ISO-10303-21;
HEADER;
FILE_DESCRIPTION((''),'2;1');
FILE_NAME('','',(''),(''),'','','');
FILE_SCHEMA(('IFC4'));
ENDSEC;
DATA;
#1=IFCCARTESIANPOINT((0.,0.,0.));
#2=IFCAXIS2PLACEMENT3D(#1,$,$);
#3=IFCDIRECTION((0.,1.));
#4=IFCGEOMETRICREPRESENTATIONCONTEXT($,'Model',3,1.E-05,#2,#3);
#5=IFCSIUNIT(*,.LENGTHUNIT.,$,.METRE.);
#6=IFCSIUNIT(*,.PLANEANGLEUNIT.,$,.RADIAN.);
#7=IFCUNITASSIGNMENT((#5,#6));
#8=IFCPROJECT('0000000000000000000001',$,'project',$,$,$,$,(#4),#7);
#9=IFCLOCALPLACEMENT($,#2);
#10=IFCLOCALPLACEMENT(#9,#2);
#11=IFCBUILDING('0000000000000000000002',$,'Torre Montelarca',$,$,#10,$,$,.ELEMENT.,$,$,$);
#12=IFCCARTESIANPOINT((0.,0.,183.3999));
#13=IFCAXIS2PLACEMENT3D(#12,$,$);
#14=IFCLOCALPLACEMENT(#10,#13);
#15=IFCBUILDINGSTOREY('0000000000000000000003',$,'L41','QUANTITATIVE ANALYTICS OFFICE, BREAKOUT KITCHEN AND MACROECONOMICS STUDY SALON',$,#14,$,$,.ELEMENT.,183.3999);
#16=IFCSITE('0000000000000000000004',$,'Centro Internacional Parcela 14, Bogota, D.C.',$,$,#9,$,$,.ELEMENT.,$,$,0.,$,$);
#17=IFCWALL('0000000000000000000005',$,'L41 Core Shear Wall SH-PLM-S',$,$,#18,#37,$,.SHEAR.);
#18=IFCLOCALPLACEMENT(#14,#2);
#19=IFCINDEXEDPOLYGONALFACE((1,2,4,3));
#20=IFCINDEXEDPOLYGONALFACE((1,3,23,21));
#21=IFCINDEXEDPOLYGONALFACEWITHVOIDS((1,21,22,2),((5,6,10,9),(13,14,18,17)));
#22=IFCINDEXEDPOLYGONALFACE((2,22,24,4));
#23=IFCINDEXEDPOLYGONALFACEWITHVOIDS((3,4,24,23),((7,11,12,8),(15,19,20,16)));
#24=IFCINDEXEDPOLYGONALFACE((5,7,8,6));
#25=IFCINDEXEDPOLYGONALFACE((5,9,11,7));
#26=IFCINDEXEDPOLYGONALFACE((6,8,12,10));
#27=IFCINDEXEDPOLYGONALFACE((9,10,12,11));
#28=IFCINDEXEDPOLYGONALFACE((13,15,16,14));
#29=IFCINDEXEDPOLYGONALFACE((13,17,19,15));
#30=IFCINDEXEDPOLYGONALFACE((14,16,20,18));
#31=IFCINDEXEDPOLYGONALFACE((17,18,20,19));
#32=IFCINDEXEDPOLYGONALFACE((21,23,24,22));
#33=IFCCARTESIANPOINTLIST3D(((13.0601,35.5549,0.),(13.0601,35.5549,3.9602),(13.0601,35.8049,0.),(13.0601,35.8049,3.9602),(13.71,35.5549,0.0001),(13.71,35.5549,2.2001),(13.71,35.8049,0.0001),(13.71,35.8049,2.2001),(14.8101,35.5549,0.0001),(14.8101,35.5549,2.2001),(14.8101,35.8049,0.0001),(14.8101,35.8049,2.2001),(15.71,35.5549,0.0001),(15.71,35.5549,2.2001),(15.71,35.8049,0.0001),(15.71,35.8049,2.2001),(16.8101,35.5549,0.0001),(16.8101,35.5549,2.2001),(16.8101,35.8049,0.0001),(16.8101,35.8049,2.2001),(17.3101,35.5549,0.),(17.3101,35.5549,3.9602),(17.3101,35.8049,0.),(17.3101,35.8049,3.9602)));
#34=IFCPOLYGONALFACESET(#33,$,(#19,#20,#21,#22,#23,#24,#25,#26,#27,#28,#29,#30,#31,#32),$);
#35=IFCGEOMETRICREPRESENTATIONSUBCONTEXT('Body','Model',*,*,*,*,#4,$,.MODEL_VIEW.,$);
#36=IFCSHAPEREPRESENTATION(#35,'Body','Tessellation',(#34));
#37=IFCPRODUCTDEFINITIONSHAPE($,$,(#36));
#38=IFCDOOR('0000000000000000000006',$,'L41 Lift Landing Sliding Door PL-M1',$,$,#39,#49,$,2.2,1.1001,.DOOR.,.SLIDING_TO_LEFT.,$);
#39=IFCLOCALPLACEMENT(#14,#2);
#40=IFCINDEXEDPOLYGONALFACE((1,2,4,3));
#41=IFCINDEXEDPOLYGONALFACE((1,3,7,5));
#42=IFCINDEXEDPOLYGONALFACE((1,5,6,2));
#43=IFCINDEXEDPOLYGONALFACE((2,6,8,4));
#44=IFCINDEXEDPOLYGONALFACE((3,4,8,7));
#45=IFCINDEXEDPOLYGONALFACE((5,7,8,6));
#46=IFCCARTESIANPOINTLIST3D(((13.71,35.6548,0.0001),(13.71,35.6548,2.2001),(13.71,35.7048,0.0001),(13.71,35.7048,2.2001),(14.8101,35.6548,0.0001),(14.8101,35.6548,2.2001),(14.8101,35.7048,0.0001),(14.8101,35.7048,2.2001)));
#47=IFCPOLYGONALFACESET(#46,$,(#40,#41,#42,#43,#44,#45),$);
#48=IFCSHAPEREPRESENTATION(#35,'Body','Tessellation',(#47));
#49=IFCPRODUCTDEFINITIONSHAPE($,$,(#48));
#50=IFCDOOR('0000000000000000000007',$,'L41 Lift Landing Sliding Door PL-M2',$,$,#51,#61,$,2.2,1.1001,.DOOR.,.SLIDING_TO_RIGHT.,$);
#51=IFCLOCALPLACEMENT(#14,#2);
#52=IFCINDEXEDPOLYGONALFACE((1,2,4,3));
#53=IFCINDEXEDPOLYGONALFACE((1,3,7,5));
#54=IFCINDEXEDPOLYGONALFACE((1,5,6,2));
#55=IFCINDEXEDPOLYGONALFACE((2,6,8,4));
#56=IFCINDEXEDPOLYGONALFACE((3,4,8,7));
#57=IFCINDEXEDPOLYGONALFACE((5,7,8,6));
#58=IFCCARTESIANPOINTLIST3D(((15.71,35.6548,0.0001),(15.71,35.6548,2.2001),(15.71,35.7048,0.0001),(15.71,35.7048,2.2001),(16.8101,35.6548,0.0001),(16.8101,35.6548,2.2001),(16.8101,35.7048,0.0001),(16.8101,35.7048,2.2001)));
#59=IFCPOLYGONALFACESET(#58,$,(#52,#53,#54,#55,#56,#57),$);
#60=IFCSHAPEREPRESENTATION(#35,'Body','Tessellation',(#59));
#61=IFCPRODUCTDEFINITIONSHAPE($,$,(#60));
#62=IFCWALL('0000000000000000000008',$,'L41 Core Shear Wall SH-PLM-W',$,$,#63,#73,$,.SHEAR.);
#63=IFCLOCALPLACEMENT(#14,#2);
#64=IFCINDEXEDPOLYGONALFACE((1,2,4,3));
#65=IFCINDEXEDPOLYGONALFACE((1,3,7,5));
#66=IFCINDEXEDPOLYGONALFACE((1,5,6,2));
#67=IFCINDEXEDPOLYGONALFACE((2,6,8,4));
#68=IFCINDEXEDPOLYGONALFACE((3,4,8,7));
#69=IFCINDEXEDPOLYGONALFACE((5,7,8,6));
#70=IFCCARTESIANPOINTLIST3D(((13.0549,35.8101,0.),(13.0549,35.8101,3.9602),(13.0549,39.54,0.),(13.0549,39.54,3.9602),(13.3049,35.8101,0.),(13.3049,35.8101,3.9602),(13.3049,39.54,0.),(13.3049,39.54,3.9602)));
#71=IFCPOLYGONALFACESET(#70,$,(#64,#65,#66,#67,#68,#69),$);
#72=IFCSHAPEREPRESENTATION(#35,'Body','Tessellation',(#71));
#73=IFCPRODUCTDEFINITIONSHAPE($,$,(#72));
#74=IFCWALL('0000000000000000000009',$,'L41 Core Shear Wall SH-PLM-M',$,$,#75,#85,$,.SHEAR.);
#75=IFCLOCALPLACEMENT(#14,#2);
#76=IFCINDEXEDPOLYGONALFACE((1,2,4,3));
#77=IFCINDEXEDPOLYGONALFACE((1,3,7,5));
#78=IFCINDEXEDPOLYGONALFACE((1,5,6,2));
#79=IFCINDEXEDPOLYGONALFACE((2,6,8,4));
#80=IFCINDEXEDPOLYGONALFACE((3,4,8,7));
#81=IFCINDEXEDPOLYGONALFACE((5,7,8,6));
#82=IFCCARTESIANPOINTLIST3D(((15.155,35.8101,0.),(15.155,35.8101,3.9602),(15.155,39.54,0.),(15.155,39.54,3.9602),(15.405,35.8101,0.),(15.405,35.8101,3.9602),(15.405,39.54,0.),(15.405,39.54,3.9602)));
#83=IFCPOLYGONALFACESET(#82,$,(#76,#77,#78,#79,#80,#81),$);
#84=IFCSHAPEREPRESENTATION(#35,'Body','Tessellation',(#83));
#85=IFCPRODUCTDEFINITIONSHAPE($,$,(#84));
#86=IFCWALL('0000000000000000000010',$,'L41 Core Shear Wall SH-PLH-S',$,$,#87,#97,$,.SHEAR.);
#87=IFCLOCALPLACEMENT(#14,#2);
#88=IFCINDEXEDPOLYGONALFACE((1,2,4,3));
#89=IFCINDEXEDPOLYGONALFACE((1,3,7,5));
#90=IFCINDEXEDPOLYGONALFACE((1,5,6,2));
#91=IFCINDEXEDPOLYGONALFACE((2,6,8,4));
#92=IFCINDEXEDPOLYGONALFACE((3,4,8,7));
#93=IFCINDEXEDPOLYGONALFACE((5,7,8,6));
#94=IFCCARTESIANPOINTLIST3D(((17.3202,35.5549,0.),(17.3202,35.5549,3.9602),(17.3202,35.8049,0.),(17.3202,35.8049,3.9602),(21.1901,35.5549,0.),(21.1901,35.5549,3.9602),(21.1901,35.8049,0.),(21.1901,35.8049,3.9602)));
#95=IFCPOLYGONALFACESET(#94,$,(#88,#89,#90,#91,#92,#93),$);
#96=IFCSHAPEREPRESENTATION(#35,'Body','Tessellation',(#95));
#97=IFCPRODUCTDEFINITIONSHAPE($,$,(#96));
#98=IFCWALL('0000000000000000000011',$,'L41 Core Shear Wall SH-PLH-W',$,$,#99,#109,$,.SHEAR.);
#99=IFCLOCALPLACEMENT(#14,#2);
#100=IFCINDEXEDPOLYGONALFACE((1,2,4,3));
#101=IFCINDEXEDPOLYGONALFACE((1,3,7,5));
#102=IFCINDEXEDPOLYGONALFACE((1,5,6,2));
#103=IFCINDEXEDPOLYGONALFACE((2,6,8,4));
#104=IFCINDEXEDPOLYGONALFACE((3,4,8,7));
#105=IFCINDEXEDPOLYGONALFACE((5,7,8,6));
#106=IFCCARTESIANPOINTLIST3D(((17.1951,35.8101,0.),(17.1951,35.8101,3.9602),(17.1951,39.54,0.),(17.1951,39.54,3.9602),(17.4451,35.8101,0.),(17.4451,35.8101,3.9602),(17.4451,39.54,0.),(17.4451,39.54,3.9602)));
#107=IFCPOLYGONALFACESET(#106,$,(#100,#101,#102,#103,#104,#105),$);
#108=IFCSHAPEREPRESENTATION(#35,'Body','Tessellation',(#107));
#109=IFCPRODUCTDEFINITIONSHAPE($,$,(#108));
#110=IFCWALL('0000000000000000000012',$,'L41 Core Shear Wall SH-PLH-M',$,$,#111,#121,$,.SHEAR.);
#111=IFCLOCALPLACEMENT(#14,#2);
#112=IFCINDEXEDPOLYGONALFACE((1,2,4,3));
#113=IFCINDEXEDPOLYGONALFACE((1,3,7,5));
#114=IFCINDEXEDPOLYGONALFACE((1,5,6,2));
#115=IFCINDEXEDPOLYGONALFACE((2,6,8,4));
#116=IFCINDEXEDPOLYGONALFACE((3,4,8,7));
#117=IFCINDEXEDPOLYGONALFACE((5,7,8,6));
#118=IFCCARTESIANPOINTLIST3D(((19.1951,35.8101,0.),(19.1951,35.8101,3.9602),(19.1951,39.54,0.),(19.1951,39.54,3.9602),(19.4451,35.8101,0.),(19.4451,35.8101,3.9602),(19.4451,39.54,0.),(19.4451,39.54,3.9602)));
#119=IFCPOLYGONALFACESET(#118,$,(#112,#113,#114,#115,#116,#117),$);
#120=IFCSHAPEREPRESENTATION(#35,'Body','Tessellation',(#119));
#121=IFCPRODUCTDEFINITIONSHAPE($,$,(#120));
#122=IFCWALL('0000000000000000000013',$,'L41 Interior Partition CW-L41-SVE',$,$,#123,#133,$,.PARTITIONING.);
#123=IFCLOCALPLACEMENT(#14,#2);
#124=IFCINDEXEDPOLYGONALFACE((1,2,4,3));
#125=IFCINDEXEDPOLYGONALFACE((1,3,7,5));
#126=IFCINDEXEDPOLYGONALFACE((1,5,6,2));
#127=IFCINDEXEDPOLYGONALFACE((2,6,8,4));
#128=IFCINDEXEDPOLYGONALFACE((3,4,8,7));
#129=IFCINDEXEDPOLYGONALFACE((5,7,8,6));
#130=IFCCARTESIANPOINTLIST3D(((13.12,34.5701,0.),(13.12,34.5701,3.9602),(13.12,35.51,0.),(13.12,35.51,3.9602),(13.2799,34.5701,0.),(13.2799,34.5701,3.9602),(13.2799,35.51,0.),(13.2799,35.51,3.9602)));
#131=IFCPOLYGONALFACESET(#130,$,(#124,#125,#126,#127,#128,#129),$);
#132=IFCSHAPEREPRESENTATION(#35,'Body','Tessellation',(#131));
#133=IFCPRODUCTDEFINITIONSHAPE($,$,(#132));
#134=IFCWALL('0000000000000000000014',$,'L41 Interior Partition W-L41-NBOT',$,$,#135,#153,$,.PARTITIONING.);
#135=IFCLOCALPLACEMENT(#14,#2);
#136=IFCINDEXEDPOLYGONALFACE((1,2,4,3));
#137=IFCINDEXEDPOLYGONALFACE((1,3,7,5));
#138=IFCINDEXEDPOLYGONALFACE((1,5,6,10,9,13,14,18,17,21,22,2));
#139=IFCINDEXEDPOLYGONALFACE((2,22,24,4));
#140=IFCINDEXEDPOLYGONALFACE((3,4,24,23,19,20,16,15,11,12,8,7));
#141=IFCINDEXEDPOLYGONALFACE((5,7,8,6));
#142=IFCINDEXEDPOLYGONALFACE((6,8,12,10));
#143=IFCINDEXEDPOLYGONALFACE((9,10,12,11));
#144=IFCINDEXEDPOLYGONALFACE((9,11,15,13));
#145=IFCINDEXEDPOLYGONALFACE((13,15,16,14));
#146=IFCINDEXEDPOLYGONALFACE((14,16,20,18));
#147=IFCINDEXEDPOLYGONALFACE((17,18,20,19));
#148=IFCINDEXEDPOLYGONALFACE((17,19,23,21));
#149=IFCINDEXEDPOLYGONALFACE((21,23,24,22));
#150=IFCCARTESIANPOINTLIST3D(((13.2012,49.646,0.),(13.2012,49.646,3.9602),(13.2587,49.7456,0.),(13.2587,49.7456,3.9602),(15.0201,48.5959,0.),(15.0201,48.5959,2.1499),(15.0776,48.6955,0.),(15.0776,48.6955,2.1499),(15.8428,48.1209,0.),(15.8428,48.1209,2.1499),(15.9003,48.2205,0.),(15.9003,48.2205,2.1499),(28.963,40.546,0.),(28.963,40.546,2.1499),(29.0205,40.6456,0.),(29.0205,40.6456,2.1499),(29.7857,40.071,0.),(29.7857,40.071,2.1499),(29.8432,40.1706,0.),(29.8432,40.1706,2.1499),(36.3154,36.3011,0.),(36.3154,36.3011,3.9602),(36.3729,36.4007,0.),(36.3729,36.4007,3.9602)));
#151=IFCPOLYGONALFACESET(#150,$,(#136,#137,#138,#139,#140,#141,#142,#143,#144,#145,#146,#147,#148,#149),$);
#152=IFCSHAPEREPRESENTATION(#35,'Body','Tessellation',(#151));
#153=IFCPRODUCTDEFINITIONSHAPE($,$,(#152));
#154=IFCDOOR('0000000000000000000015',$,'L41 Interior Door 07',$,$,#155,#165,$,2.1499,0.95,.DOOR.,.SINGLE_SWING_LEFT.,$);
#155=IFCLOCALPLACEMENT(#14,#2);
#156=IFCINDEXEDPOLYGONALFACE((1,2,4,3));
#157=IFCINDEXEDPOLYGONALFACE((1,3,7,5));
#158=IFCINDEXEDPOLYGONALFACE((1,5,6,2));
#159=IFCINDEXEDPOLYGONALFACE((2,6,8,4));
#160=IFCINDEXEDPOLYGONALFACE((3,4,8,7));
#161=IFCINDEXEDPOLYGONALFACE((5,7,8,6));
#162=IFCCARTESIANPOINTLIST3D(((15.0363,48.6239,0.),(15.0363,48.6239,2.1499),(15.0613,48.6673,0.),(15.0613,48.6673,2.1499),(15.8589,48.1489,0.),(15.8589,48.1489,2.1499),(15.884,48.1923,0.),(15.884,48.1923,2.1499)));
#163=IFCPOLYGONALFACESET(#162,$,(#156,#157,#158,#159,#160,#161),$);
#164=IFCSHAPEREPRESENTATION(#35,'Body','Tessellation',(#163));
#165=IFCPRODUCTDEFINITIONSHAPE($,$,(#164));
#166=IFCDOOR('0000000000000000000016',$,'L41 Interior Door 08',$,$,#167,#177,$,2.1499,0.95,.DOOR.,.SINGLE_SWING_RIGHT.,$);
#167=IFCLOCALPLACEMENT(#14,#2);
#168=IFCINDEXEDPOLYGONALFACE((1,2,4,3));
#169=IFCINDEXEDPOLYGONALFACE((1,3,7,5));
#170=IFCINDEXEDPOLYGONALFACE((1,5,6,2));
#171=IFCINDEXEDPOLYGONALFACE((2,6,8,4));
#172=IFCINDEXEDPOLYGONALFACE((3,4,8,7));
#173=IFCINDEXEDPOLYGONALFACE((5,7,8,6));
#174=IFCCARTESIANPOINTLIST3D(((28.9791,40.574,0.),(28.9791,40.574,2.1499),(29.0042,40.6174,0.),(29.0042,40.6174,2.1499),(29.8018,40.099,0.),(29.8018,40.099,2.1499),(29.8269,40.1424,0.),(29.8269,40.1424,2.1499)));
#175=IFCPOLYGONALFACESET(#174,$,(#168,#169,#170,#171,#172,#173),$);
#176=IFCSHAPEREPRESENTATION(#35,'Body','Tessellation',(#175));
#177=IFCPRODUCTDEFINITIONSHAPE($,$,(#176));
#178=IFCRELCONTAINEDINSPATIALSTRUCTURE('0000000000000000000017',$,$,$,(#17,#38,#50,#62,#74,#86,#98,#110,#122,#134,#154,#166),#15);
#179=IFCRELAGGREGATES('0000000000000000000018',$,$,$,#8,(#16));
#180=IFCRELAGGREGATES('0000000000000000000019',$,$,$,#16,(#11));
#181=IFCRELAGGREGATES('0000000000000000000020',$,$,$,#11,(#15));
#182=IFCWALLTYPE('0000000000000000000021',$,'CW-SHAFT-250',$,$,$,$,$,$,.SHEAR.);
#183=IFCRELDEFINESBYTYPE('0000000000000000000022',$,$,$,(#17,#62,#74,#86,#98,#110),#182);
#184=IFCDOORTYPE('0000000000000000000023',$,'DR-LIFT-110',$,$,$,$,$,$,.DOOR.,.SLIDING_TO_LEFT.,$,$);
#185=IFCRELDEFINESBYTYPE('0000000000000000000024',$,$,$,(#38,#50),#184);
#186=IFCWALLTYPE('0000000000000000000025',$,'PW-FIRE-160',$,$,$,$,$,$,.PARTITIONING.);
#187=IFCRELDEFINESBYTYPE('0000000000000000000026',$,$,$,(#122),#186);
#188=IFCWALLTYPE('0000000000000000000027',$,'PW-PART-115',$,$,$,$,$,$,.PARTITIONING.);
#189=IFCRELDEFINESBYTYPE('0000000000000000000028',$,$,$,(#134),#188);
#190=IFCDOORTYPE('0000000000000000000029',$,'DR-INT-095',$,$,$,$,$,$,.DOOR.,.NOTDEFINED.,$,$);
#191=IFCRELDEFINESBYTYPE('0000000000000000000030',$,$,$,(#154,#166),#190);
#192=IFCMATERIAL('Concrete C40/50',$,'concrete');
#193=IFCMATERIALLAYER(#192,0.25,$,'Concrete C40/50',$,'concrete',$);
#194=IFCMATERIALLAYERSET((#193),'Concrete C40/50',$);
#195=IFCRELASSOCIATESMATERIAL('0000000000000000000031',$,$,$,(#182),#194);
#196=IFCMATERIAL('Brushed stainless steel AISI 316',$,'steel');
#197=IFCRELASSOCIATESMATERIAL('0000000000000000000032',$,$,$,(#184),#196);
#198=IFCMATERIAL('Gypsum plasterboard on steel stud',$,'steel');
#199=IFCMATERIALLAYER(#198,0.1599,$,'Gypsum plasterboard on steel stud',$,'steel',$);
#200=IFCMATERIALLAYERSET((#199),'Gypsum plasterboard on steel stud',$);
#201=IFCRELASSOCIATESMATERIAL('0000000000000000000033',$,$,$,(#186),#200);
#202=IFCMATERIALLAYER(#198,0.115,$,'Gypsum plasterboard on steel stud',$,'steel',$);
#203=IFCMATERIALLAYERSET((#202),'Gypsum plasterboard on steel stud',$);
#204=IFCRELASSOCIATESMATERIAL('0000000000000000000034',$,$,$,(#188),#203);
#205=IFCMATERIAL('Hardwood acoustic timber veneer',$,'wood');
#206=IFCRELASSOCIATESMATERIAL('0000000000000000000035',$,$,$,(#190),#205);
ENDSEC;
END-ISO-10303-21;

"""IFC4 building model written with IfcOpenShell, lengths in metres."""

from ifc_helpers import new_model, si_unit, direction, frame, frame_2d, origin, place, context, subcontext, project, spatial, rectangle, extrude, source, transform, mapped, material, layer, layer_set, type_object, element, fill, save


model = new_model("IFC4")

# Units and contexts
model_context = context("Model", 3, precision=1e-05, world=origin(), true_north=direction((0.0, 1.0)))
body_context = subcontext(model_context, "Body", "Model", "MODEL_VIEW")
ifc_project = project(units=[si_unit("LENGTHUNIT", "METRE"), si_unit("PLANEANGLEUNIT", "RADIAN")], contexts=[model_context])

# Site, building, storey
site_placement = place(None, origin())
site = spatial("IfcSite", under=ifc_project, at=site_placement, Name="Centro Internacional Parcela 14, Bogota, D.C.", CompositionType="ELEMENT", RefElevation=0.0)
building_placement = place(site_placement, origin())
building = spatial("IfcBuilding", under=site, at=building_placement, Name="Torre Montelarca", CompositionType="ELEMENT")
storey_placement = place(building_placement, frame((0.0, 0.0, 183.3999)))
storey = spatial("IfcBuildingStorey", under=building, at=storey_placement, Name="L41", Description="QUANTITATIVE ANALYTICS OFFICE, BREAKOUT KITCHEN AND MACROECONOMICS STUDY SALON", CompositionType="ELEMENT", Elevation=183.3999)

# Shared definitions
ifc_material_1 = material(Name="Concrete C40/50", Category="concrete")
ifc_layer_1 = layer(ifc_material_1, 0.25, Name="Concrete C40/50", Category="concrete")
ifc_layer_set_1 = layer_set([ifc_layer_1], Name="Concrete C40/50")
wall_type_1 = type_object("IfcWallType", Name="CW-SHAFT-250", PredefinedType="SHEAR", material=ifc_layer_set_1)

# Shared definitions
ifc_material_2 = material(Name="Brushed stainless steel AISI 316", Category="steel")

# Wall, openings, doors
wall_1_placement = place(storey_placement, frame((13.0601, 35.6799, 0.0), z_axis=(0.0, 0.0, 1.0), x_axis=(1.0, 0.0, 0.0)))
wall_1 = element("IfcWall", 1, at=wall_1_placement, inside=storey, type_object=wall_type_1, Name="L41 Core Shear Wall SH-PLM-S", PredefinedType="SHEAR", context=body_context, shape_type="SweptSolid", body=[
    extrude(rectangle(XDim=4.25, YDim=0.25, at=frame_2d((2.125, 0.0))), origin(), (0.0, 0.0, 1.0), 3.9602),
])
opening_1_placement = place(wall_1_placement, frame((0.6499, 0.0, 0.0)))
opening_1 = element("IfcOpeningElement", 2, at=opening_1_placement, cuts=wall_1, PredefinedType="OPENING", context=body_context, shape_type="SweptSolid", body=[
    extrude(rectangle(XDim=1.1001, YDim=2.2, at=frame_2d((0.55, 1.1001))), frame((0.0, 0.135, 0.0), z_axis=(0.0, -1.0, 0.0), x_axis=(1.0, 0.0, 0.0)), (0.0, 0.0, 1.0), 0.27),
])
opening_2_placement = place(wall_1_placement, frame((2.6499, 0.0, 0.0)))
opening_2 = element("IfcOpeningElement", 3, at=opening_2_placement, cuts=wall_1, PredefinedType="OPENING", context=body_context, shape_type="SweptSolid", body=[
    extrude(rectangle(XDim=1.1001, YDim=2.2, at=frame_2d((0.55, 1.1001))), frame((0.0, 0.135, 0.0), z_axis=(0.0, -1.0, 0.0), x_axis=(1.0, 0.0, 0.0)), (0.0, 0.0, 1.0), 0.27),
])
door_type_1 = type_object("IfcDoorType", Name="DR-LIFT-110", OperationType="SLIDING_TO_LEFT", PredefinedType="DOOR", material=ifc_material_2)
shared_shape_1 = source(origin(), body_context, "Body", "SweptSolid", [
    extrude(rectangle(XDim=1.1001, YDim=2.2, at=frame_2d((0.55, 1.1001))), frame((0.0, 0.0249, 0.0), z_axis=(0.0, -1.0, 0.0), x_axis=(1.0, 0.0, 0.0)), (0.0, 0.0, 1.0), 0.05),
])
door_1_placement = place(opening_1_placement, origin())
door_1 = element("IfcDoor", 4, at=door_1_placement, inside=storey, type_object=door_type_1, Name="L41 Lift Landing Sliding Door PL-M1", OperationType="SLIDING_TO_LEFT", OverallHeight=2.2, OverallWidth=1.1001, PredefinedType="DOOR", context=body_context, shape_type="MappedRepresentation", body=[
    mapped(shared_shape_1, transform((0.0, 0.0, 0.0), scale=1.0)),
])
fill(opening_1, door_1)
door_2_placement = place(opening_2_placement, origin())
door_2 = element("IfcDoor", 5, at=door_2_placement, inside=storey, type_object=door_type_1, Name="L41 Lift Landing Sliding Door PL-M2", OperationType="SLIDING_TO_RIGHT", OverallHeight=2.2, OverallWidth=1.1001, PredefinedType="DOOR", context=body_context, shape_type="MappedRepresentation", body=[
    mapped(shared_shape_1, transform((0.0, 0.0, 0.0), scale=1.0)),
])
fill(opening_2, door_2)

# Walls
for number, where, z_axis, x_axis, name in (
    (6, (13.1799, 35.8101, 0.0), (0.0, 0.0, 1.0), (0.0, 1.0, 0.0), "L41 Core Shear Wall SH-PLM-W"),
    (7, (15.28, 35.8101, 0.0), (0.0, 0.0, 1.0), (0.0, 1.0, 0.0), "L41 Core Shear Wall SH-PLM-M"),
):
    element("IfcWall", number, at=place(storey_placement, frame(where, z_axis=z_axis, x_axis=x_axis)), inside=storey, type_object=wall_type_1, Name=name, PredefinedType="SHEAR", context=body_context, shape_type="SweptSolid", body=[
        extrude(rectangle(XDim=3.73, YDim=0.25, at=frame_2d((1.865, 0.0))), origin(), (0.0, 0.0, 1.0), 3.9602),
    ])
wall_2_placement = place(storey_placement, frame((17.3201, 35.6799, 0.0), z_axis=(0.0, 0.0, 1.0), x_axis=(1.0, 0.0, 0.0)))
element("IfcWall", 8, at=wall_2_placement, inside=storey, type_object=wall_type_1, Name="L41 Core Shear Wall SH-PLH-S", PredefinedType="SHEAR", context=body_context, shape_type="SweptSolid", body=[
    extrude(rectangle(XDim=3.8699, YDim=0.25, at=frame_2d((1.9351, 0.0))), origin(), (0.0, 0.0, 1.0), 3.9602),
])
for number, where, z_axis, x_axis, name in (
    (9, (17.3201, 35.8101, 0.0), (0.0, 0.0, 1.0), (0.0, 1.0, 0.0), "L41 Core Shear Wall SH-PLH-W"),
    (10, (19.3201, 35.8101, 0.0), (0.0, 0.0, 1.0), (0.0, 1.0, 0.0), "L41 Core Shear Wall SH-PLH-M"),
):
    element("IfcWall", number, at=place(storey_placement, frame(where, z_axis=z_axis, x_axis=x_axis)), inside=storey, type_object=wall_type_1, Name=name, PredefinedType="SHEAR", context=body_context, shape_type="SweptSolid", body=[
        extrude(rectangle(XDim=3.73, YDim=0.25, at=frame_2d((1.865, 0.0))), origin(), (0.0, 0.0, 1.0), 3.9602),
    ])
ifc_material_3 = material(Name="Gypsum plasterboard on steel stud", Category="steel")
ifc_layer_2 = layer(ifc_material_3, 0.1599, Name="Gypsum plasterboard on steel stud", Category="steel")
ifc_layer_set_2 = layer_set([ifc_layer_2], Name="Gypsum plasterboard on steel stud")
wall_type_2 = type_object("IfcWallType", Name="PW-FIRE-160", PredefinedType="PARTITIONING", material=ifc_layer_set_2)
wall_3_placement = place(storey_placement, frame((13.2, 34.5701, 0.0), z_axis=(0.0, 0.0, 1.0), x_axis=(0.0, 1.0, 0.0)))
element("IfcWall", 11, at=wall_3_placement, inside=storey, type_object=wall_type_2, Name="L41 Interior Partition CW-L41-SVE", PredefinedType="PARTITIONING", context=body_context, shape_type="SweptSolid", body=[
    extrude(rectangle(XDim=0.9399, YDim=0.1599, at=frame_2d((0.47, 0.0))), origin(), (0.0, 0.0, 1.0), 3.9602),
])

# Wall, openings, doors
ifc_layer_3 = layer(ifc_material_3, 0.115, Name="Gypsum plasterboard on steel stud", Category="steel")
ifc_layer_set_3 = layer_set([ifc_layer_3], Name="Gypsum plasterboard on steel stud")
wall_type_3 = type_object("IfcWallType", Name="PW-PART-115", PredefinedType="PARTITIONING", material=ifc_layer_set_3)
wall_4_placement = place(storey_placement, frame((13.23, 49.6958, 0.0), z_axis=(0.0, 0.0, 1.0), x_axis=(0.866026, -0.499999, 0.0)))
wall_4 = element("IfcWall", 12, at=wall_4_placement, inside=storey, type_object=wall_type_3, Name="L41 Interior Partition W-L41-NBOT", PredefinedType="PARTITIONING", context=body_context, shape_type="SweptSolid", body=[
    extrude(rectangle(XDim=26.6899, YDim=0.115, at=frame_2d((13.345, 0.0))), origin(), (0.0, 0.0, 1.0), 3.9602),
])
opening_3_placement = place(wall_4_placement, frame((2.1001, 0.0, 0.0)))
opening_3 = element("IfcOpeningElement", 13, at=opening_3_placement, cuts=wall_4, PredefinedType="OPENING", context=body_context, shape_type="SweptSolid", body=[
    extrude(rectangle(XDim=0.95, YDim=2.1499, at=frame_2d((0.4751, 1.075))), frame((0.0, 0.0674, 0.0), z_axis=(0.0, -1.0, 0.0), x_axis=(1.0, 0.0, 0.0)), (0.0, 0.0, 1.0), 0.135),
])
opening_4_placement = place(wall_4_placement, frame((18.2, 0.0, 0.0)))
opening_4 = element("IfcOpeningElement", 14, at=opening_4_placement, cuts=wall_4, PredefinedType="OPENING", context=body_context, shape_type="SweptSolid", body=[
    extrude(rectangle(XDim=0.95, YDim=2.1499, at=frame_2d((0.4751, 1.075))), frame((0.0, 0.0674, 0.0), z_axis=(0.0, -1.0, 0.0), x_axis=(1.0, 0.0, 0.0)), (0.0, 0.0, 1.0), 0.135),
])
ifc_material_4 = material(Name="Hardwood acoustic timber veneer", Category="wood")
door_type_2 = type_object("IfcDoorType", Name="DR-INT-095", OperationType="NOTDEFINED", PredefinedType="DOOR", material=ifc_material_4)
shared_shape_2 = source(origin(), body_context, "Body", "SweptSolid", [
    extrude(rectangle(XDim=0.95, YDim=2.1499, at=frame_2d((0.4751, 1.075))), frame((0.0, 0.0249, 0.0), z_axis=(0.0, -1.0, 0.0), x_axis=(1.0, 0.0, 0.0)), (0.0, 0.0, 1.0), 0.05),
])
door_3_placement = place(opening_3_placement, origin())
door_3 = element("IfcDoor", 15, at=door_3_placement, inside=storey, type_object=door_type_2, Name="L41 Interior Door 07", OperationType="SINGLE_SWING_LEFT", OverallHeight=2.1499, OverallWidth=0.95, PredefinedType="DOOR", context=body_context, shape_type="MappedRepresentation", body=[
    mapped(shared_shape_2, transform((0.0, 0.0, 0.0), scale=1.0)),
])
fill(opening_3, door_3)
door_4_placement = place(opening_4_placement, origin())
door_4 = element("IfcDoor", 16, at=door_4_placement, inside=storey, type_object=door_type_2, Name="L41 Interior Door 08", OperationType="SINGLE_SWING_RIGHT", OverallHeight=2.1499, OverallWidth=0.95, PredefinedType="DOOR", context=body_context, shape_type="MappedRepresentation", body=[
    mapped(shared_shape_2, transform((0.0, 0.0, 0.0), scale=1.0)),
])
fill(opening_4, door_4)

save(model, "model.ifc")
